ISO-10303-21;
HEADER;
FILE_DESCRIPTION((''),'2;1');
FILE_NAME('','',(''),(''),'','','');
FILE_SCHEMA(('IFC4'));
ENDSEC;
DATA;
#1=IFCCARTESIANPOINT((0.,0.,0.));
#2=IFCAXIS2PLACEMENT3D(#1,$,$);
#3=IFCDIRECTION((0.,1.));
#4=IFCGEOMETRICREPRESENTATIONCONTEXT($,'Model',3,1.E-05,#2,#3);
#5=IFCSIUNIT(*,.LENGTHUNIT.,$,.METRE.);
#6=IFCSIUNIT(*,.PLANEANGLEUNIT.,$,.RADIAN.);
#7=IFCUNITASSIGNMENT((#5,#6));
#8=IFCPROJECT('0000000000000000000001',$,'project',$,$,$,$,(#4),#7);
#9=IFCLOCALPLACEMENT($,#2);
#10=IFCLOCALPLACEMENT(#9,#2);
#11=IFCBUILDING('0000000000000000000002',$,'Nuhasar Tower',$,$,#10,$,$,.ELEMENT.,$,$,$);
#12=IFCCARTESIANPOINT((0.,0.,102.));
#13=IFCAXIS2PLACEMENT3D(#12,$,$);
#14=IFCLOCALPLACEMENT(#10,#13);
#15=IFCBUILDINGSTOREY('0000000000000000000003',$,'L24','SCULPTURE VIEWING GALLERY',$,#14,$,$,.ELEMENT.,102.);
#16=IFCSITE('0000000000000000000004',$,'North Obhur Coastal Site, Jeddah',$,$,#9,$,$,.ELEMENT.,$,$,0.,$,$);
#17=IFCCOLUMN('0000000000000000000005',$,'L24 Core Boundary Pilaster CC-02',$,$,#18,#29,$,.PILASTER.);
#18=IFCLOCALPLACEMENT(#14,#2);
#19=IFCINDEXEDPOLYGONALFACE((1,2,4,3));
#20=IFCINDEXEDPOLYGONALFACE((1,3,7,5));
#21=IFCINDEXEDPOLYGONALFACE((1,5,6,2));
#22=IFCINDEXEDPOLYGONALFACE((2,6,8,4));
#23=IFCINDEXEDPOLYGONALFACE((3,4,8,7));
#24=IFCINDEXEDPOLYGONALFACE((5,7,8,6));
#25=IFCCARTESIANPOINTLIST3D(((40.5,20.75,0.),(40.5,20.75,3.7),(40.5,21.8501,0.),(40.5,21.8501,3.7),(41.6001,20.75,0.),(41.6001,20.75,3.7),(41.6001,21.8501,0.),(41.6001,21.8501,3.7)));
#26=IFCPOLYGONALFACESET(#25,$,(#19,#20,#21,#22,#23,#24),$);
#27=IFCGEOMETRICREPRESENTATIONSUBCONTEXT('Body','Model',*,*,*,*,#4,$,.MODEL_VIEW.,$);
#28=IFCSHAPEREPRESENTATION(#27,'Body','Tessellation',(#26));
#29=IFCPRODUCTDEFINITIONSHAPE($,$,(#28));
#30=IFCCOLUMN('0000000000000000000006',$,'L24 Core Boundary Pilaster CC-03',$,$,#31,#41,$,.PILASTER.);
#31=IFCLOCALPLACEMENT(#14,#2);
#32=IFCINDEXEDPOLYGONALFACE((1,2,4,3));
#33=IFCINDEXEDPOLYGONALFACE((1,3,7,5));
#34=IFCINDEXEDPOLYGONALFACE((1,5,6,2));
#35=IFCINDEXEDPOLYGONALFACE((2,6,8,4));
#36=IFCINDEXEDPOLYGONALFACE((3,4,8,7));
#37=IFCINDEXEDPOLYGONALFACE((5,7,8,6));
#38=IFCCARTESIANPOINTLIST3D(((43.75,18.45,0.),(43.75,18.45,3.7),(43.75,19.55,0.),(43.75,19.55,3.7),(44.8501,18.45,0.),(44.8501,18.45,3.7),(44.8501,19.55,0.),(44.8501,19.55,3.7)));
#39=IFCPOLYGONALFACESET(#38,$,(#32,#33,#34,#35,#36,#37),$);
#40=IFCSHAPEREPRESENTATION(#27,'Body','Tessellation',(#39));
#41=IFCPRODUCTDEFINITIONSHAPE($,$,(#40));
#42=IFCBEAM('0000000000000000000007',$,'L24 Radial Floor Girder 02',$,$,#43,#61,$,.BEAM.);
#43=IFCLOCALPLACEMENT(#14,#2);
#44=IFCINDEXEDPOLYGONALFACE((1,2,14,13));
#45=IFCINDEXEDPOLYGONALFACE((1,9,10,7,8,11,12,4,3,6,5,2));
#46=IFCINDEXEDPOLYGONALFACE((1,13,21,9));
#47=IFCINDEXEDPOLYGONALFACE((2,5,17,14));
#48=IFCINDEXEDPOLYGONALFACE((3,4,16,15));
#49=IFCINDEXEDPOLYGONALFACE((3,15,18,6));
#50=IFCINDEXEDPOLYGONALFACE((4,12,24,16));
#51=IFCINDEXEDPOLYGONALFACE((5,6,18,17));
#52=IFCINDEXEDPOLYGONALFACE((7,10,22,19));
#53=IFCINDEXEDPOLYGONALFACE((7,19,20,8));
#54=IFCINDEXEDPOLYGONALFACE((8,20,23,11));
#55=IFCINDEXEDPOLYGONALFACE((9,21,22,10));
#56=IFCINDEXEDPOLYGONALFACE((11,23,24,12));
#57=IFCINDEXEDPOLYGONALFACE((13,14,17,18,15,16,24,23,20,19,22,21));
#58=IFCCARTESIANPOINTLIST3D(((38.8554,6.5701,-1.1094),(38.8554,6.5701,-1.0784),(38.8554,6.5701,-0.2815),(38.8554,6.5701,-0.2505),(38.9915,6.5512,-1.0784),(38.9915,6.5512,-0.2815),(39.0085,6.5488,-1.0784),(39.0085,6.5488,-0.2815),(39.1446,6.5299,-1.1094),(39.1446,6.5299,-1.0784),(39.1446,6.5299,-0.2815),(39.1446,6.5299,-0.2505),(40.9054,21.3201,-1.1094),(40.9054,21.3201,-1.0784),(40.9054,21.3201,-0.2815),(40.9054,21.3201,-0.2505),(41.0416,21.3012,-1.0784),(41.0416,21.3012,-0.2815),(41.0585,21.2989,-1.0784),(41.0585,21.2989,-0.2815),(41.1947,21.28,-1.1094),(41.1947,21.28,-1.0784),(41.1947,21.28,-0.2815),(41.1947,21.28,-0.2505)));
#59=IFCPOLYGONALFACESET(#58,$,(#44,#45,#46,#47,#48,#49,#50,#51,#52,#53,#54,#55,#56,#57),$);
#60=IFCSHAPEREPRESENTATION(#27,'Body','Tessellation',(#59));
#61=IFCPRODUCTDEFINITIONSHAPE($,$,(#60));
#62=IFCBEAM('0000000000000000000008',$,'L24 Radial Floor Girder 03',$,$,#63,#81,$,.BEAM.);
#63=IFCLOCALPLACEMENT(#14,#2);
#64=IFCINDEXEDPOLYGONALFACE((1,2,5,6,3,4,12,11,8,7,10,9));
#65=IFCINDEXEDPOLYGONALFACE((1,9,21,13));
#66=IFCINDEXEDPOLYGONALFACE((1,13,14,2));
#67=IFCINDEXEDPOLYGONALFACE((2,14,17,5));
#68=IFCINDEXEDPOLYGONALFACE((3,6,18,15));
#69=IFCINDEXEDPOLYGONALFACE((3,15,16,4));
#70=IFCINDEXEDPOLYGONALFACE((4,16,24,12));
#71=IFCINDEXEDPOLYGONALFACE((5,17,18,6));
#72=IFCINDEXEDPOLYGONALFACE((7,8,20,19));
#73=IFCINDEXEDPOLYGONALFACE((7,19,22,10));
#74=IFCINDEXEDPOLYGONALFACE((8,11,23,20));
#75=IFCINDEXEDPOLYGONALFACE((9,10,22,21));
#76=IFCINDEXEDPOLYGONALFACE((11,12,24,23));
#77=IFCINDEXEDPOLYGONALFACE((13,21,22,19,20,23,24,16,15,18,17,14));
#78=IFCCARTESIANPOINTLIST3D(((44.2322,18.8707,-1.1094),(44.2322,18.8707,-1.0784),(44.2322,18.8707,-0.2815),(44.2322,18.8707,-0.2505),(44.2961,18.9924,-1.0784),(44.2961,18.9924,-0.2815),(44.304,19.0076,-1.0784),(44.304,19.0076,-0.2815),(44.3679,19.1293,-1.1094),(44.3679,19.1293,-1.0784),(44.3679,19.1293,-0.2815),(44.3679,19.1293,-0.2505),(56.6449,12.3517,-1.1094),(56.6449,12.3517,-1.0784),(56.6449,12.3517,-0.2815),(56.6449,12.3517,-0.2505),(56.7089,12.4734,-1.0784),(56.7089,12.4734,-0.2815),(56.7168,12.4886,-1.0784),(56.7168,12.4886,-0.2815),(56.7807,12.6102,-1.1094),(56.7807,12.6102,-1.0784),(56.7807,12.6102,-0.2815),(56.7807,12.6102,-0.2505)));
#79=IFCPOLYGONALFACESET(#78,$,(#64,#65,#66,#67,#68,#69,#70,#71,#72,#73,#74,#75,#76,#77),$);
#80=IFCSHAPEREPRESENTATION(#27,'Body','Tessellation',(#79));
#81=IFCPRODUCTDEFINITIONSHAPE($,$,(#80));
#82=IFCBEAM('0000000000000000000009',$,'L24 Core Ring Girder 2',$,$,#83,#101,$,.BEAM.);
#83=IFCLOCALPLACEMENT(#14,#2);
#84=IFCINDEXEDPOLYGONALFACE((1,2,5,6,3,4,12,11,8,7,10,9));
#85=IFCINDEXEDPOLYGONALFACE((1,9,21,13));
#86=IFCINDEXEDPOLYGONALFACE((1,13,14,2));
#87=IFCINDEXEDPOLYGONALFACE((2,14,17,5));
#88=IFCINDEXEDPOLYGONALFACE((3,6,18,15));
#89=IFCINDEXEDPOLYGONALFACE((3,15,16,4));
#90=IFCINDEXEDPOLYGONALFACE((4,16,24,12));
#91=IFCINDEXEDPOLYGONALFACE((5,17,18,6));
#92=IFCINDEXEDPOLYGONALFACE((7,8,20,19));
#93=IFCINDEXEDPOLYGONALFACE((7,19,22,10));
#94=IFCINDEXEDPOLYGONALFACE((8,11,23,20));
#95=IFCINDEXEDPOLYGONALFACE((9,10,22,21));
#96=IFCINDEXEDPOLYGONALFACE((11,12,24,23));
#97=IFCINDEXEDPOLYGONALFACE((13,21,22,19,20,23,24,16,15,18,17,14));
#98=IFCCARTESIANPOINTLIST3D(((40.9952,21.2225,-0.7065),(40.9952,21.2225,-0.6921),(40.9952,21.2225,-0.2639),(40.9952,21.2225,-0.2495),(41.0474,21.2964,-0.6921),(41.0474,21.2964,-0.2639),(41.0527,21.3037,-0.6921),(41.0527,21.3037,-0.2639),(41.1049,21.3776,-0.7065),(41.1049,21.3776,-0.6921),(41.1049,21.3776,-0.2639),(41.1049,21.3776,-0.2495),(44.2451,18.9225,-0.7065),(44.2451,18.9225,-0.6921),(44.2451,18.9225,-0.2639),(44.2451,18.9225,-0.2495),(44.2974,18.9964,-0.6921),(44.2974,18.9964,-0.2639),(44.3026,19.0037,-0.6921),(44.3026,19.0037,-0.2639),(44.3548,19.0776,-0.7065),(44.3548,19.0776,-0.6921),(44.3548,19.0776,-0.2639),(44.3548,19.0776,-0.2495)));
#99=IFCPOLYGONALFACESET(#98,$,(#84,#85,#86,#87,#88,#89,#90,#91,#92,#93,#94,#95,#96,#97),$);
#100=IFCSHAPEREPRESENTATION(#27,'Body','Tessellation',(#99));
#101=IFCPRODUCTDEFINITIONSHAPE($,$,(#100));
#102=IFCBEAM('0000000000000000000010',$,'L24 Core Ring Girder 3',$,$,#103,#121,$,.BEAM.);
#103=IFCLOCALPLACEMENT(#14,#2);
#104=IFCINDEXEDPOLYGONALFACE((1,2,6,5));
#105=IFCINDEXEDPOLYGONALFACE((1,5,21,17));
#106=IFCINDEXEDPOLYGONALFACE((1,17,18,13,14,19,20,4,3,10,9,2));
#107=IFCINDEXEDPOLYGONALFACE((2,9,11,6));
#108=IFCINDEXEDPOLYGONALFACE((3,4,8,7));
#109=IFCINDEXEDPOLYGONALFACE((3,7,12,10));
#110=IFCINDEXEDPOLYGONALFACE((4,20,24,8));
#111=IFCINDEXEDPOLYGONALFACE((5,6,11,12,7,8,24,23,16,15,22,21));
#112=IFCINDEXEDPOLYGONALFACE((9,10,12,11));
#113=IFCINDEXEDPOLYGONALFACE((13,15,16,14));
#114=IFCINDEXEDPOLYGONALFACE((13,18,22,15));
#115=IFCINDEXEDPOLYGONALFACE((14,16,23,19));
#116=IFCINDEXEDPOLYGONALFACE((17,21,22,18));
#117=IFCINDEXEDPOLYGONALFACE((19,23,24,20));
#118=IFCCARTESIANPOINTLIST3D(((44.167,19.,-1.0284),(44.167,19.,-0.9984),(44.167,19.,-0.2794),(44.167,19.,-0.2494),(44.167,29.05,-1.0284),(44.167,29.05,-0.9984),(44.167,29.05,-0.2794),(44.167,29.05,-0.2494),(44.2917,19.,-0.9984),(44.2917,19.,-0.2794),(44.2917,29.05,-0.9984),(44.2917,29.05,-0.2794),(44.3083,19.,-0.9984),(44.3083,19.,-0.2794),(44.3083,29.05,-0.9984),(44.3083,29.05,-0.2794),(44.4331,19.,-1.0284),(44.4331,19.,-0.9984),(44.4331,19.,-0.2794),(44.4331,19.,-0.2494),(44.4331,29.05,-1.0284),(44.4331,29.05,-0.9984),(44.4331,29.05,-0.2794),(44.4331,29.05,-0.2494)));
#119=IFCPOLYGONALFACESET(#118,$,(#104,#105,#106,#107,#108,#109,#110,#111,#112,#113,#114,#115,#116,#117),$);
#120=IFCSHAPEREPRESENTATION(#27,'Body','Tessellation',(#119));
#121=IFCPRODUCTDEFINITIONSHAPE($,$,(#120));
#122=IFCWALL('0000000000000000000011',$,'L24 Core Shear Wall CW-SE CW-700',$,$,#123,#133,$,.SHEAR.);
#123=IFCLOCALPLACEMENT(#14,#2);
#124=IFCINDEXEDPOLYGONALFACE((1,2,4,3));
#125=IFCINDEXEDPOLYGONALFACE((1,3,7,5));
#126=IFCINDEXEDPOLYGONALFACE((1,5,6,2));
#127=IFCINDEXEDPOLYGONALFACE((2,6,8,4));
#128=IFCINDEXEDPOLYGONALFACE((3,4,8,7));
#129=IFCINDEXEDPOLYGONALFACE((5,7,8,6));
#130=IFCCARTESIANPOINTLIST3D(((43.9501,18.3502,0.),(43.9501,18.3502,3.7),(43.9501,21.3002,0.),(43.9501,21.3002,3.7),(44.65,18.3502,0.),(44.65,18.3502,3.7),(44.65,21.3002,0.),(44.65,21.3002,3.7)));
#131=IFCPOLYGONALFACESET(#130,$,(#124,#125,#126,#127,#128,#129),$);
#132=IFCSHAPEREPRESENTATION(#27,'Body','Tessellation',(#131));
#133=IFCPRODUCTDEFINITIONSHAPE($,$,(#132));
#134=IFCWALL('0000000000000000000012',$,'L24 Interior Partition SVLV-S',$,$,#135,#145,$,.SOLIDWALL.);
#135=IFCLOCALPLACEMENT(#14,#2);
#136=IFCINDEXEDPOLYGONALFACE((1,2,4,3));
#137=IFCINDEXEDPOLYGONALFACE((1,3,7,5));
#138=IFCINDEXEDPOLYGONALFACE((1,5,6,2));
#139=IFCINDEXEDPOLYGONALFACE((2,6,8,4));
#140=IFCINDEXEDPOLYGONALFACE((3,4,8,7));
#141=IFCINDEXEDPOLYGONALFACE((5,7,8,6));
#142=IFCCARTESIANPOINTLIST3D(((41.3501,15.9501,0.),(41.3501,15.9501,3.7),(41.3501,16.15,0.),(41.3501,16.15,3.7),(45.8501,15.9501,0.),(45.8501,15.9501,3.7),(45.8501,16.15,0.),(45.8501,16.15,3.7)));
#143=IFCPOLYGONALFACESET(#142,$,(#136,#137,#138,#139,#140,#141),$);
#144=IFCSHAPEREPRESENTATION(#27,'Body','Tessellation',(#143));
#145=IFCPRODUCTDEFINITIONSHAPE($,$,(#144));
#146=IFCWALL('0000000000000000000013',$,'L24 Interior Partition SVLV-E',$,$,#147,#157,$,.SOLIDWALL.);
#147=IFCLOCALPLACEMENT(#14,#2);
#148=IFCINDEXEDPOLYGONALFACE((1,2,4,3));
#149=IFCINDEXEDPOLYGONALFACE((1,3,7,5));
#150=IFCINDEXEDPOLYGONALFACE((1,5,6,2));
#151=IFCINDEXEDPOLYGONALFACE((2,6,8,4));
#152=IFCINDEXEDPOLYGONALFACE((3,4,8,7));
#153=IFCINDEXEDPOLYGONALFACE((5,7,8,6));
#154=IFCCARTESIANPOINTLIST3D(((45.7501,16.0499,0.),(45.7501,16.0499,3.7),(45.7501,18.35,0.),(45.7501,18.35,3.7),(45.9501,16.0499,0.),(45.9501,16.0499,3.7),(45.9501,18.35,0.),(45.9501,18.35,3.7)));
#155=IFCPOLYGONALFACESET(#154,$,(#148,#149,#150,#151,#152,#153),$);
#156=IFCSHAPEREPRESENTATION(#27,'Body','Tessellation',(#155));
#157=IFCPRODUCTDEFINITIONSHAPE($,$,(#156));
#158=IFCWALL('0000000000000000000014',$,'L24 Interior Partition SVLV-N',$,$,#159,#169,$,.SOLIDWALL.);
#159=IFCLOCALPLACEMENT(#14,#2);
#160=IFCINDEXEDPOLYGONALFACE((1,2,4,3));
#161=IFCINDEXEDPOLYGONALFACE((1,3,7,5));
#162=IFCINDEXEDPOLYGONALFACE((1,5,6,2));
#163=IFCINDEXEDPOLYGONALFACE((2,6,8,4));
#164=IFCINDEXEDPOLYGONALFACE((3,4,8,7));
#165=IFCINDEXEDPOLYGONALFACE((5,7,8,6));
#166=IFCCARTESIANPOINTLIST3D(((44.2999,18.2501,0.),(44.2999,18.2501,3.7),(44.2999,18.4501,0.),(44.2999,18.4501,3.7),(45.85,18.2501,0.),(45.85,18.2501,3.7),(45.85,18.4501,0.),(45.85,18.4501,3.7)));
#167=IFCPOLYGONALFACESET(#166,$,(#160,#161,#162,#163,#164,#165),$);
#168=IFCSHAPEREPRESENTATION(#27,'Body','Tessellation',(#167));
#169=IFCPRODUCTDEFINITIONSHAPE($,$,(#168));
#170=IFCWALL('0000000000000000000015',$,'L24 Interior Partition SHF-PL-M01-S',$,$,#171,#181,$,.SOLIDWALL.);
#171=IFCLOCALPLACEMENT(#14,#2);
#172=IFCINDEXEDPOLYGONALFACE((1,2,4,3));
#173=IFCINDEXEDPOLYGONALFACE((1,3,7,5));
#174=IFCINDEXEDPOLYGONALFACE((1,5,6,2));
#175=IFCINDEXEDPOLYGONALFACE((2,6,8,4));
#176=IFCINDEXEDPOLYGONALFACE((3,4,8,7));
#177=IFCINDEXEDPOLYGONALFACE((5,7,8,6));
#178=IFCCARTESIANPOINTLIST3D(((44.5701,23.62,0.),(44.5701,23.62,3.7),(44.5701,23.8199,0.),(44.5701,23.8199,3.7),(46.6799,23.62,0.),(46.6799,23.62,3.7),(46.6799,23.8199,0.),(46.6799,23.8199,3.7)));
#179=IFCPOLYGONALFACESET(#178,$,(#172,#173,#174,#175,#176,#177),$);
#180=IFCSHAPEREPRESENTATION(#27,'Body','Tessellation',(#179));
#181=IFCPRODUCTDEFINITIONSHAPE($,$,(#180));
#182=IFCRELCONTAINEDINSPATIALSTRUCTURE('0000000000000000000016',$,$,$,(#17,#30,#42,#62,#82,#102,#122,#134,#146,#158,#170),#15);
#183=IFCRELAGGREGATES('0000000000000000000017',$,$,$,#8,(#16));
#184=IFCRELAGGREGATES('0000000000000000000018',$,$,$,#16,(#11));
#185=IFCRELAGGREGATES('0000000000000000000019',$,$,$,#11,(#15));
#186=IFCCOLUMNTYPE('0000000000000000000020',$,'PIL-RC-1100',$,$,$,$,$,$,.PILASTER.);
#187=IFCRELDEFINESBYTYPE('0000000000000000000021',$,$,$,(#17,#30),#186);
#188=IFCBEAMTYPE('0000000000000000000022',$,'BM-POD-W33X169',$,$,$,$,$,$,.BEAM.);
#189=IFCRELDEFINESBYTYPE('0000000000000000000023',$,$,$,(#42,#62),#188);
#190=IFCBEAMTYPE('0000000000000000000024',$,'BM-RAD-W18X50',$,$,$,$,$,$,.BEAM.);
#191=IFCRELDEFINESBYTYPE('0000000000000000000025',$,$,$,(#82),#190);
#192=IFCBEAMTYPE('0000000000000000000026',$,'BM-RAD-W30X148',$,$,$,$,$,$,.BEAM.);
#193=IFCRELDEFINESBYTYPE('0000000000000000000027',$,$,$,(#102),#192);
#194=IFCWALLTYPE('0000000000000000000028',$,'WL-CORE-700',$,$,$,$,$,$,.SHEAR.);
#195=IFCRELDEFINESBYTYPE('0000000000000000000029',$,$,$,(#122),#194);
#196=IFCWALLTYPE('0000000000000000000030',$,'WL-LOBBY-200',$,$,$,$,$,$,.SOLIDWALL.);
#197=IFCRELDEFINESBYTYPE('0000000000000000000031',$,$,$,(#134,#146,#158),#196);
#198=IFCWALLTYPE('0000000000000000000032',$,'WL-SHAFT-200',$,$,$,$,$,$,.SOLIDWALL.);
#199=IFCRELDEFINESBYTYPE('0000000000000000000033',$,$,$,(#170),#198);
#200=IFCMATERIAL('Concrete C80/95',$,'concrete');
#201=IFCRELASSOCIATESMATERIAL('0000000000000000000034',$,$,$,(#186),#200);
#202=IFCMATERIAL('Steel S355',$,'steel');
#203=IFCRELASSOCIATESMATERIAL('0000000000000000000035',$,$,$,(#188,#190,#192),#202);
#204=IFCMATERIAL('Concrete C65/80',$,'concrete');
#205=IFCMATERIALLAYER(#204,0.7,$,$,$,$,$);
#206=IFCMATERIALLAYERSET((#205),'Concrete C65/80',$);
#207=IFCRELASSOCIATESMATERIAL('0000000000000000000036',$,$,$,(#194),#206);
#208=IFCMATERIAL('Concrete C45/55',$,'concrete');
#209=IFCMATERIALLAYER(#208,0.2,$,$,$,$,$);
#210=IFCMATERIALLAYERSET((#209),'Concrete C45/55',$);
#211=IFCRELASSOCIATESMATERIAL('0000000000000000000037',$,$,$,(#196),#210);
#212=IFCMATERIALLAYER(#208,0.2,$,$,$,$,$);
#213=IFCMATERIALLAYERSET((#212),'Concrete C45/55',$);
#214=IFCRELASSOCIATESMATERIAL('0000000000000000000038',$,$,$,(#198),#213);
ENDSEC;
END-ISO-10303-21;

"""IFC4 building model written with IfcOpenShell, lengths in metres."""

from ifc_helpers import new_model, si_unit, direction, frame, frame_2d, origin, origin_2d, place, context, subcontext, project, spatial, rectangle, i_section, extrude, material, layer, layer_set, material_profile, profile_set, type_object, element, save


model = new_model("IFC4")

# Units and contexts
model_context = context("Model", 3, precision=1e-05, world=origin(), true_north=direction((0.0, 1.0)))
body_context = subcontext(model_context, "Body", "Model", "MODEL_VIEW")
ifc_project = project(units=[si_unit("LENGTHUNIT", "METRE"), si_unit("PLANEANGLEUNIT", "RADIAN")], contexts=[model_context])

# Site, building, storey
site_placement = place(None, origin())
site = spatial("IfcSite", under=ifc_project, at=site_placement, Name="North Obhur Coastal Site, Jeddah", CompositionType="ELEMENT", RefElevation=0.0)
building_placement = place(site_placement, origin())
building = spatial("IfcBuilding", under=site, at=building_placement, Name="Nuhasar Tower", CompositionType="ELEMENT")
storey_placement = place(building_placement, frame((0.0, 0.0, 102.0)))
storey = spatial("IfcBuildingStorey", under=building, at=storey_placement, Name="L24", Description="SCULPTURE VIEWING GALLERY", CompositionType="ELEMENT", Elevation=102.0)

# Columns
ifc_material_1 = material(Name="Concrete C80/95", Category="concrete")
ifc_material_profile_1 = material_profile(ifc_material_1, rectangle(XDim=1.1001, YDim=1.1001, at=origin_2d()), Name="RC1100X1100")
ifc_profile_set_1 = profile_set([ifc_material_profile_1], Name="Concrete C80/95")
column_type = type_object("IfcColumnType", Name="PIL-RC-1100", PredefinedType="PILASTER", material=ifc_profile_set_1)
for number, where, z_axis, x_axis, name in (
    (1, (41.05, 21.3, 0.0), (0.0, 0.0, 1.0), (1.0, 0.0, 0.0), "L24 Core Boundary Pilaster CC-02"),
    (2, (44.3, 19.0, 0.0), (0.0, 0.0, 1.0), (1.0, 0.0, 0.0), "L24 Core Boundary Pilaster CC-03"),
):
    element("IfcColumn", number, at=place(storey_placement, frame(where, z_axis=z_axis, x_axis=x_axis)), inside=storey, type_object=column_type, Name=name, PredefinedType="PILASTER", context=body_context, shape_type="SweptSolid", body=[
        extrude(rectangle(XDim=1.1001, YDim=1.1001, at=origin_2d()), origin(), (0.0, 0.0, 1.0), 3.7),
    ])

# Beams
ifc_material_2 = material(Name="Steel S355", Category="steel")
ifc_material_profile_2 = material_profile(ifc_material_2, i_section(OverallWidth=0.292, OverallDepth=0.8589, WebThickness=0.0171, FlangeThickness=0.031, at=origin_2d()), Name="W33X169")
ifc_profile_set_2 = profile_set([ifc_material_profile_2], Name="Steel S355")
beam_type_1 = type_object("IfcBeamType", Name="BM-POD-W33X169", PredefinedType="BEAM", material=ifc_profile_set_2)
beam_1_placement = place(storey_placement, frame((41.05, 21.3, -0.6799), z_axis=(-0.137663, -0.990479, 0.0), x_axis=(0.990479, -0.137663, 0.0)))
element("IfcBeam", 3, at=beam_1_placement, inside=storey, type_object=beam_type_1, Name="L24 Radial Floor Girder 02", PredefinedType="BEAM", context=body_context, shape_type="SweptSolid", body=[
    extrude(i_section(OverallWidth=0.292, OverallDepth=0.8589, WebThickness=0.0171, FlangeThickness=0.031, at=origin_2d()), origin(), (0.0, 0.0, 1.0), 14.8918),
])
beam_2_placement = place(storey_placement, frame((44.3, 19.0, -0.6799), z_axis=(0.88533, -0.464963, 0.0), x_axis=(0.464963, 0.88533, 0.0)))
element("IfcBeam", 4, at=beam_2_placement, inside=storey, type_object=beam_type_1, Name="L24 Radial Floor Girder 03", PredefinedType="BEAM", context=body_context, shape_type="SweptSolid", body=[
    extrude(i_section(OverallWidth=0.292, OverallDepth=0.8589, WebThickness=0.0171, FlangeThickness=0.031, at=origin_2d()), origin(), (0.0, 0.0, 1.0), 14.0205),
])
ifc_material_profile_3 = material_profile(ifc_material_2, i_section(OverallWidth=0.1899, OverallDepth=0.457, WebThickness=0.009, FlangeThickness=0.0144, at=origin_2d()), Name="W18X50")
ifc_profile_set_3 = profile_set([ifc_material_profile_3], Name="Steel S355")
beam_type_2 = type_object("IfcBeamType", Name="BM-RAD-W18X50", PredefinedType="BEAM", material=ifc_profile_set_3)
beam_3_placement = place(storey_placement, frame((41.05, 21.3, -0.478), z_axis=(0.816265, -0.577677, 0.0), x_axis=(0.577677, 0.816265, 0.0)))
element("IfcBeam", 5, at=beam_3_placement, inside=storey, type_object=beam_type_2, Name="L24 Core Ring Girder 2", PredefinedType="BEAM", context=body_context, shape_type="SweptSolid", body=[
    extrude(i_section(OverallWidth=0.1899, OverallDepth=0.457, WebThickness=0.009, FlangeThickness=0.0144, at=origin_2d()), origin(), (0.0, 0.0, 1.0), 3.9814),
])
ifc_material_profile_4 = material_profile(ifc_material_2, i_section(OverallWidth=0.2661, OverallDepth=0.7791, WebThickness=0.0166, FlangeThickness=0.03, at=origin_2d()), Name="W30X148")
ifc_profile_set_4 = profile_set([ifc_material_profile_4], Name="Steel S355")
beam_type_3 = type_object("IfcBeamType", Name="BM-RAD-W30X148", PredefinedType="BEAM", material=ifc_profile_set_4)
beam_4_placement = place(storey_placement, frame((44.3, 19.0, -0.6389), z_axis=(0.0, 1.0, 0.0), x_axis=(-1.0, 0.0, 0.0)))
element("IfcBeam", 6, at=beam_4_placement, inside=storey, type_object=beam_type_3, Name="L24 Core Ring Girder 3", PredefinedType="BEAM", context=body_context, shape_type="SweptSolid", body=[
    extrude(i_section(OverallWidth=0.2661, OverallDepth=0.7791, WebThickness=0.0166, FlangeThickness=0.03, at=origin_2d()), origin(), (0.0, 0.0, 1.0), 10.05),
])

# Wall
ifc_material_3 = material(Name="Concrete C65/80", Category="concrete")
ifc_layer_1 = layer(ifc_material_3, 0.7)
ifc_layer_set_1 = layer_set([ifc_layer_1], Name="Concrete C65/80")
wall_type_1 = type_object("IfcWallType", Name="WL-CORE-700", PredefinedType="SHEAR", material=ifc_layer_set_1)
wall_1_placement = place(storey_placement, frame((44.3, 18.3501, 0.0), z_axis=(0.0, 0.0, 1.0), x_axis=(0.0, 1.0, 0.0)))
element("IfcWall", 7, at=wall_1_placement, inside=storey, type_object=wall_type_1, Name="L24 Core Shear Wall CW-SE CW-700", PredefinedType="SHEAR", context=body_context, shape_type="SweptSolid", body=[
    extrude(rectangle(XDim=2.95, YDim=0.7, at=frame_2d((1.4751, 0.0))), origin(), (0.0, 0.0, 1.0), 3.7),
])

# Shared definitions
ifc_material_4 = material(Name="Concrete C45/55", Category="concrete")
ifc_layer_2 = layer(ifc_material_4, 0.2)
ifc_layer_set_2 = layer_set([ifc_layer_2], Name="Concrete C45/55")
wall_type_2 = type_object("IfcWallType", Name="WL-LOBBY-200", PredefinedType="SOLIDWALL", material=ifc_layer_set_2)

# Walls
wall_2_placement = place(storey_placement, frame((41.3501, 16.05, 0.0), z_axis=(0.0, 0.0, 1.0), x_axis=(1.0, 0.0, 0.0)))
element("IfcWall", 8, at=wall_2_placement, inside=storey, type_object=wall_type_2, Name="L24 Interior Partition SVLV-S", PredefinedType="SOLIDWALL", context=body_context, shape_type="SweptSolid", body=[
    extrude(rectangle(XDim=4.5, YDim=0.2, at=frame_2d((2.25, 0.0))), origin(), (0.0, 0.0, 1.0), 3.7),
])
wall_3_placement = place(storey_placement, frame((45.8501, 16.05, 0.0), z_axis=(0.0, 0.0, 1.0), x_axis=(0.0, 1.0, 0.0)))
element("IfcWall", 9, at=wall_3_placement, inside=storey, type_object=wall_type_2, Name="L24 Interior Partition SVLV-E", PredefinedType="SOLIDWALL", context=body_context, shape_type="SweptSolid", body=[
    extrude(rectangle(XDim=2.3, YDim=0.2, at=frame_2d((1.1499, 0.0))), origin(), (0.0, 0.0, 1.0), 3.7),
])
wall_4_placement = place(storey_placement, frame((44.3, 18.3501, 0.0), z_axis=(0.0, 0.0, 1.0), x_axis=(1.0, 0.0, 0.0)))
element("IfcWall", 10, at=wall_4_placement, inside=storey, type_object=wall_type_2, Name="L24 Interior Partition SVLV-N", PredefinedType="SOLIDWALL", context=body_context, shape_type="SweptSolid", body=[
    extrude(rectangle(XDim=1.55, YDim=0.2, at=frame_2d((0.7749, 0.0))), origin(), (0.0, 0.0, 1.0), 3.7),
])
ifc_layer_3 = layer(ifc_material_4, 0.2)
ifc_layer_set_3 = layer_set([ifc_layer_3], Name="Concrete C45/55")
wall_type_3 = type_object("IfcWallType", Name="WL-SHAFT-200", PredefinedType="SOLIDWALL", material=ifc_layer_set_3)
for number, where, z_axis, x_axis, name in (
    (11, (44.5701, 23.72, 0.0), (0.0, 0.0, 1.0), (1.0, 0.0, 0.0), "L24 Interior Partition SHF-PL-M01-S"),
):
    element("IfcWall", number, at=place(storey_placement, frame(where, z_axis=z_axis, x_axis=x_axis)), inside=storey, type_object=wall_type_3, Name=name, PredefinedType="SOLIDWALL", context=body_context, shape_type="SweptSolid", body=[
        extrude(rectangle(XDim=2.1099, YDim=0.2, at=frame_2d((1.0549, 0.0))), origin(), (0.0, 0.0, 1.0), 3.7),
    ])

save(model, "model.ifc")
